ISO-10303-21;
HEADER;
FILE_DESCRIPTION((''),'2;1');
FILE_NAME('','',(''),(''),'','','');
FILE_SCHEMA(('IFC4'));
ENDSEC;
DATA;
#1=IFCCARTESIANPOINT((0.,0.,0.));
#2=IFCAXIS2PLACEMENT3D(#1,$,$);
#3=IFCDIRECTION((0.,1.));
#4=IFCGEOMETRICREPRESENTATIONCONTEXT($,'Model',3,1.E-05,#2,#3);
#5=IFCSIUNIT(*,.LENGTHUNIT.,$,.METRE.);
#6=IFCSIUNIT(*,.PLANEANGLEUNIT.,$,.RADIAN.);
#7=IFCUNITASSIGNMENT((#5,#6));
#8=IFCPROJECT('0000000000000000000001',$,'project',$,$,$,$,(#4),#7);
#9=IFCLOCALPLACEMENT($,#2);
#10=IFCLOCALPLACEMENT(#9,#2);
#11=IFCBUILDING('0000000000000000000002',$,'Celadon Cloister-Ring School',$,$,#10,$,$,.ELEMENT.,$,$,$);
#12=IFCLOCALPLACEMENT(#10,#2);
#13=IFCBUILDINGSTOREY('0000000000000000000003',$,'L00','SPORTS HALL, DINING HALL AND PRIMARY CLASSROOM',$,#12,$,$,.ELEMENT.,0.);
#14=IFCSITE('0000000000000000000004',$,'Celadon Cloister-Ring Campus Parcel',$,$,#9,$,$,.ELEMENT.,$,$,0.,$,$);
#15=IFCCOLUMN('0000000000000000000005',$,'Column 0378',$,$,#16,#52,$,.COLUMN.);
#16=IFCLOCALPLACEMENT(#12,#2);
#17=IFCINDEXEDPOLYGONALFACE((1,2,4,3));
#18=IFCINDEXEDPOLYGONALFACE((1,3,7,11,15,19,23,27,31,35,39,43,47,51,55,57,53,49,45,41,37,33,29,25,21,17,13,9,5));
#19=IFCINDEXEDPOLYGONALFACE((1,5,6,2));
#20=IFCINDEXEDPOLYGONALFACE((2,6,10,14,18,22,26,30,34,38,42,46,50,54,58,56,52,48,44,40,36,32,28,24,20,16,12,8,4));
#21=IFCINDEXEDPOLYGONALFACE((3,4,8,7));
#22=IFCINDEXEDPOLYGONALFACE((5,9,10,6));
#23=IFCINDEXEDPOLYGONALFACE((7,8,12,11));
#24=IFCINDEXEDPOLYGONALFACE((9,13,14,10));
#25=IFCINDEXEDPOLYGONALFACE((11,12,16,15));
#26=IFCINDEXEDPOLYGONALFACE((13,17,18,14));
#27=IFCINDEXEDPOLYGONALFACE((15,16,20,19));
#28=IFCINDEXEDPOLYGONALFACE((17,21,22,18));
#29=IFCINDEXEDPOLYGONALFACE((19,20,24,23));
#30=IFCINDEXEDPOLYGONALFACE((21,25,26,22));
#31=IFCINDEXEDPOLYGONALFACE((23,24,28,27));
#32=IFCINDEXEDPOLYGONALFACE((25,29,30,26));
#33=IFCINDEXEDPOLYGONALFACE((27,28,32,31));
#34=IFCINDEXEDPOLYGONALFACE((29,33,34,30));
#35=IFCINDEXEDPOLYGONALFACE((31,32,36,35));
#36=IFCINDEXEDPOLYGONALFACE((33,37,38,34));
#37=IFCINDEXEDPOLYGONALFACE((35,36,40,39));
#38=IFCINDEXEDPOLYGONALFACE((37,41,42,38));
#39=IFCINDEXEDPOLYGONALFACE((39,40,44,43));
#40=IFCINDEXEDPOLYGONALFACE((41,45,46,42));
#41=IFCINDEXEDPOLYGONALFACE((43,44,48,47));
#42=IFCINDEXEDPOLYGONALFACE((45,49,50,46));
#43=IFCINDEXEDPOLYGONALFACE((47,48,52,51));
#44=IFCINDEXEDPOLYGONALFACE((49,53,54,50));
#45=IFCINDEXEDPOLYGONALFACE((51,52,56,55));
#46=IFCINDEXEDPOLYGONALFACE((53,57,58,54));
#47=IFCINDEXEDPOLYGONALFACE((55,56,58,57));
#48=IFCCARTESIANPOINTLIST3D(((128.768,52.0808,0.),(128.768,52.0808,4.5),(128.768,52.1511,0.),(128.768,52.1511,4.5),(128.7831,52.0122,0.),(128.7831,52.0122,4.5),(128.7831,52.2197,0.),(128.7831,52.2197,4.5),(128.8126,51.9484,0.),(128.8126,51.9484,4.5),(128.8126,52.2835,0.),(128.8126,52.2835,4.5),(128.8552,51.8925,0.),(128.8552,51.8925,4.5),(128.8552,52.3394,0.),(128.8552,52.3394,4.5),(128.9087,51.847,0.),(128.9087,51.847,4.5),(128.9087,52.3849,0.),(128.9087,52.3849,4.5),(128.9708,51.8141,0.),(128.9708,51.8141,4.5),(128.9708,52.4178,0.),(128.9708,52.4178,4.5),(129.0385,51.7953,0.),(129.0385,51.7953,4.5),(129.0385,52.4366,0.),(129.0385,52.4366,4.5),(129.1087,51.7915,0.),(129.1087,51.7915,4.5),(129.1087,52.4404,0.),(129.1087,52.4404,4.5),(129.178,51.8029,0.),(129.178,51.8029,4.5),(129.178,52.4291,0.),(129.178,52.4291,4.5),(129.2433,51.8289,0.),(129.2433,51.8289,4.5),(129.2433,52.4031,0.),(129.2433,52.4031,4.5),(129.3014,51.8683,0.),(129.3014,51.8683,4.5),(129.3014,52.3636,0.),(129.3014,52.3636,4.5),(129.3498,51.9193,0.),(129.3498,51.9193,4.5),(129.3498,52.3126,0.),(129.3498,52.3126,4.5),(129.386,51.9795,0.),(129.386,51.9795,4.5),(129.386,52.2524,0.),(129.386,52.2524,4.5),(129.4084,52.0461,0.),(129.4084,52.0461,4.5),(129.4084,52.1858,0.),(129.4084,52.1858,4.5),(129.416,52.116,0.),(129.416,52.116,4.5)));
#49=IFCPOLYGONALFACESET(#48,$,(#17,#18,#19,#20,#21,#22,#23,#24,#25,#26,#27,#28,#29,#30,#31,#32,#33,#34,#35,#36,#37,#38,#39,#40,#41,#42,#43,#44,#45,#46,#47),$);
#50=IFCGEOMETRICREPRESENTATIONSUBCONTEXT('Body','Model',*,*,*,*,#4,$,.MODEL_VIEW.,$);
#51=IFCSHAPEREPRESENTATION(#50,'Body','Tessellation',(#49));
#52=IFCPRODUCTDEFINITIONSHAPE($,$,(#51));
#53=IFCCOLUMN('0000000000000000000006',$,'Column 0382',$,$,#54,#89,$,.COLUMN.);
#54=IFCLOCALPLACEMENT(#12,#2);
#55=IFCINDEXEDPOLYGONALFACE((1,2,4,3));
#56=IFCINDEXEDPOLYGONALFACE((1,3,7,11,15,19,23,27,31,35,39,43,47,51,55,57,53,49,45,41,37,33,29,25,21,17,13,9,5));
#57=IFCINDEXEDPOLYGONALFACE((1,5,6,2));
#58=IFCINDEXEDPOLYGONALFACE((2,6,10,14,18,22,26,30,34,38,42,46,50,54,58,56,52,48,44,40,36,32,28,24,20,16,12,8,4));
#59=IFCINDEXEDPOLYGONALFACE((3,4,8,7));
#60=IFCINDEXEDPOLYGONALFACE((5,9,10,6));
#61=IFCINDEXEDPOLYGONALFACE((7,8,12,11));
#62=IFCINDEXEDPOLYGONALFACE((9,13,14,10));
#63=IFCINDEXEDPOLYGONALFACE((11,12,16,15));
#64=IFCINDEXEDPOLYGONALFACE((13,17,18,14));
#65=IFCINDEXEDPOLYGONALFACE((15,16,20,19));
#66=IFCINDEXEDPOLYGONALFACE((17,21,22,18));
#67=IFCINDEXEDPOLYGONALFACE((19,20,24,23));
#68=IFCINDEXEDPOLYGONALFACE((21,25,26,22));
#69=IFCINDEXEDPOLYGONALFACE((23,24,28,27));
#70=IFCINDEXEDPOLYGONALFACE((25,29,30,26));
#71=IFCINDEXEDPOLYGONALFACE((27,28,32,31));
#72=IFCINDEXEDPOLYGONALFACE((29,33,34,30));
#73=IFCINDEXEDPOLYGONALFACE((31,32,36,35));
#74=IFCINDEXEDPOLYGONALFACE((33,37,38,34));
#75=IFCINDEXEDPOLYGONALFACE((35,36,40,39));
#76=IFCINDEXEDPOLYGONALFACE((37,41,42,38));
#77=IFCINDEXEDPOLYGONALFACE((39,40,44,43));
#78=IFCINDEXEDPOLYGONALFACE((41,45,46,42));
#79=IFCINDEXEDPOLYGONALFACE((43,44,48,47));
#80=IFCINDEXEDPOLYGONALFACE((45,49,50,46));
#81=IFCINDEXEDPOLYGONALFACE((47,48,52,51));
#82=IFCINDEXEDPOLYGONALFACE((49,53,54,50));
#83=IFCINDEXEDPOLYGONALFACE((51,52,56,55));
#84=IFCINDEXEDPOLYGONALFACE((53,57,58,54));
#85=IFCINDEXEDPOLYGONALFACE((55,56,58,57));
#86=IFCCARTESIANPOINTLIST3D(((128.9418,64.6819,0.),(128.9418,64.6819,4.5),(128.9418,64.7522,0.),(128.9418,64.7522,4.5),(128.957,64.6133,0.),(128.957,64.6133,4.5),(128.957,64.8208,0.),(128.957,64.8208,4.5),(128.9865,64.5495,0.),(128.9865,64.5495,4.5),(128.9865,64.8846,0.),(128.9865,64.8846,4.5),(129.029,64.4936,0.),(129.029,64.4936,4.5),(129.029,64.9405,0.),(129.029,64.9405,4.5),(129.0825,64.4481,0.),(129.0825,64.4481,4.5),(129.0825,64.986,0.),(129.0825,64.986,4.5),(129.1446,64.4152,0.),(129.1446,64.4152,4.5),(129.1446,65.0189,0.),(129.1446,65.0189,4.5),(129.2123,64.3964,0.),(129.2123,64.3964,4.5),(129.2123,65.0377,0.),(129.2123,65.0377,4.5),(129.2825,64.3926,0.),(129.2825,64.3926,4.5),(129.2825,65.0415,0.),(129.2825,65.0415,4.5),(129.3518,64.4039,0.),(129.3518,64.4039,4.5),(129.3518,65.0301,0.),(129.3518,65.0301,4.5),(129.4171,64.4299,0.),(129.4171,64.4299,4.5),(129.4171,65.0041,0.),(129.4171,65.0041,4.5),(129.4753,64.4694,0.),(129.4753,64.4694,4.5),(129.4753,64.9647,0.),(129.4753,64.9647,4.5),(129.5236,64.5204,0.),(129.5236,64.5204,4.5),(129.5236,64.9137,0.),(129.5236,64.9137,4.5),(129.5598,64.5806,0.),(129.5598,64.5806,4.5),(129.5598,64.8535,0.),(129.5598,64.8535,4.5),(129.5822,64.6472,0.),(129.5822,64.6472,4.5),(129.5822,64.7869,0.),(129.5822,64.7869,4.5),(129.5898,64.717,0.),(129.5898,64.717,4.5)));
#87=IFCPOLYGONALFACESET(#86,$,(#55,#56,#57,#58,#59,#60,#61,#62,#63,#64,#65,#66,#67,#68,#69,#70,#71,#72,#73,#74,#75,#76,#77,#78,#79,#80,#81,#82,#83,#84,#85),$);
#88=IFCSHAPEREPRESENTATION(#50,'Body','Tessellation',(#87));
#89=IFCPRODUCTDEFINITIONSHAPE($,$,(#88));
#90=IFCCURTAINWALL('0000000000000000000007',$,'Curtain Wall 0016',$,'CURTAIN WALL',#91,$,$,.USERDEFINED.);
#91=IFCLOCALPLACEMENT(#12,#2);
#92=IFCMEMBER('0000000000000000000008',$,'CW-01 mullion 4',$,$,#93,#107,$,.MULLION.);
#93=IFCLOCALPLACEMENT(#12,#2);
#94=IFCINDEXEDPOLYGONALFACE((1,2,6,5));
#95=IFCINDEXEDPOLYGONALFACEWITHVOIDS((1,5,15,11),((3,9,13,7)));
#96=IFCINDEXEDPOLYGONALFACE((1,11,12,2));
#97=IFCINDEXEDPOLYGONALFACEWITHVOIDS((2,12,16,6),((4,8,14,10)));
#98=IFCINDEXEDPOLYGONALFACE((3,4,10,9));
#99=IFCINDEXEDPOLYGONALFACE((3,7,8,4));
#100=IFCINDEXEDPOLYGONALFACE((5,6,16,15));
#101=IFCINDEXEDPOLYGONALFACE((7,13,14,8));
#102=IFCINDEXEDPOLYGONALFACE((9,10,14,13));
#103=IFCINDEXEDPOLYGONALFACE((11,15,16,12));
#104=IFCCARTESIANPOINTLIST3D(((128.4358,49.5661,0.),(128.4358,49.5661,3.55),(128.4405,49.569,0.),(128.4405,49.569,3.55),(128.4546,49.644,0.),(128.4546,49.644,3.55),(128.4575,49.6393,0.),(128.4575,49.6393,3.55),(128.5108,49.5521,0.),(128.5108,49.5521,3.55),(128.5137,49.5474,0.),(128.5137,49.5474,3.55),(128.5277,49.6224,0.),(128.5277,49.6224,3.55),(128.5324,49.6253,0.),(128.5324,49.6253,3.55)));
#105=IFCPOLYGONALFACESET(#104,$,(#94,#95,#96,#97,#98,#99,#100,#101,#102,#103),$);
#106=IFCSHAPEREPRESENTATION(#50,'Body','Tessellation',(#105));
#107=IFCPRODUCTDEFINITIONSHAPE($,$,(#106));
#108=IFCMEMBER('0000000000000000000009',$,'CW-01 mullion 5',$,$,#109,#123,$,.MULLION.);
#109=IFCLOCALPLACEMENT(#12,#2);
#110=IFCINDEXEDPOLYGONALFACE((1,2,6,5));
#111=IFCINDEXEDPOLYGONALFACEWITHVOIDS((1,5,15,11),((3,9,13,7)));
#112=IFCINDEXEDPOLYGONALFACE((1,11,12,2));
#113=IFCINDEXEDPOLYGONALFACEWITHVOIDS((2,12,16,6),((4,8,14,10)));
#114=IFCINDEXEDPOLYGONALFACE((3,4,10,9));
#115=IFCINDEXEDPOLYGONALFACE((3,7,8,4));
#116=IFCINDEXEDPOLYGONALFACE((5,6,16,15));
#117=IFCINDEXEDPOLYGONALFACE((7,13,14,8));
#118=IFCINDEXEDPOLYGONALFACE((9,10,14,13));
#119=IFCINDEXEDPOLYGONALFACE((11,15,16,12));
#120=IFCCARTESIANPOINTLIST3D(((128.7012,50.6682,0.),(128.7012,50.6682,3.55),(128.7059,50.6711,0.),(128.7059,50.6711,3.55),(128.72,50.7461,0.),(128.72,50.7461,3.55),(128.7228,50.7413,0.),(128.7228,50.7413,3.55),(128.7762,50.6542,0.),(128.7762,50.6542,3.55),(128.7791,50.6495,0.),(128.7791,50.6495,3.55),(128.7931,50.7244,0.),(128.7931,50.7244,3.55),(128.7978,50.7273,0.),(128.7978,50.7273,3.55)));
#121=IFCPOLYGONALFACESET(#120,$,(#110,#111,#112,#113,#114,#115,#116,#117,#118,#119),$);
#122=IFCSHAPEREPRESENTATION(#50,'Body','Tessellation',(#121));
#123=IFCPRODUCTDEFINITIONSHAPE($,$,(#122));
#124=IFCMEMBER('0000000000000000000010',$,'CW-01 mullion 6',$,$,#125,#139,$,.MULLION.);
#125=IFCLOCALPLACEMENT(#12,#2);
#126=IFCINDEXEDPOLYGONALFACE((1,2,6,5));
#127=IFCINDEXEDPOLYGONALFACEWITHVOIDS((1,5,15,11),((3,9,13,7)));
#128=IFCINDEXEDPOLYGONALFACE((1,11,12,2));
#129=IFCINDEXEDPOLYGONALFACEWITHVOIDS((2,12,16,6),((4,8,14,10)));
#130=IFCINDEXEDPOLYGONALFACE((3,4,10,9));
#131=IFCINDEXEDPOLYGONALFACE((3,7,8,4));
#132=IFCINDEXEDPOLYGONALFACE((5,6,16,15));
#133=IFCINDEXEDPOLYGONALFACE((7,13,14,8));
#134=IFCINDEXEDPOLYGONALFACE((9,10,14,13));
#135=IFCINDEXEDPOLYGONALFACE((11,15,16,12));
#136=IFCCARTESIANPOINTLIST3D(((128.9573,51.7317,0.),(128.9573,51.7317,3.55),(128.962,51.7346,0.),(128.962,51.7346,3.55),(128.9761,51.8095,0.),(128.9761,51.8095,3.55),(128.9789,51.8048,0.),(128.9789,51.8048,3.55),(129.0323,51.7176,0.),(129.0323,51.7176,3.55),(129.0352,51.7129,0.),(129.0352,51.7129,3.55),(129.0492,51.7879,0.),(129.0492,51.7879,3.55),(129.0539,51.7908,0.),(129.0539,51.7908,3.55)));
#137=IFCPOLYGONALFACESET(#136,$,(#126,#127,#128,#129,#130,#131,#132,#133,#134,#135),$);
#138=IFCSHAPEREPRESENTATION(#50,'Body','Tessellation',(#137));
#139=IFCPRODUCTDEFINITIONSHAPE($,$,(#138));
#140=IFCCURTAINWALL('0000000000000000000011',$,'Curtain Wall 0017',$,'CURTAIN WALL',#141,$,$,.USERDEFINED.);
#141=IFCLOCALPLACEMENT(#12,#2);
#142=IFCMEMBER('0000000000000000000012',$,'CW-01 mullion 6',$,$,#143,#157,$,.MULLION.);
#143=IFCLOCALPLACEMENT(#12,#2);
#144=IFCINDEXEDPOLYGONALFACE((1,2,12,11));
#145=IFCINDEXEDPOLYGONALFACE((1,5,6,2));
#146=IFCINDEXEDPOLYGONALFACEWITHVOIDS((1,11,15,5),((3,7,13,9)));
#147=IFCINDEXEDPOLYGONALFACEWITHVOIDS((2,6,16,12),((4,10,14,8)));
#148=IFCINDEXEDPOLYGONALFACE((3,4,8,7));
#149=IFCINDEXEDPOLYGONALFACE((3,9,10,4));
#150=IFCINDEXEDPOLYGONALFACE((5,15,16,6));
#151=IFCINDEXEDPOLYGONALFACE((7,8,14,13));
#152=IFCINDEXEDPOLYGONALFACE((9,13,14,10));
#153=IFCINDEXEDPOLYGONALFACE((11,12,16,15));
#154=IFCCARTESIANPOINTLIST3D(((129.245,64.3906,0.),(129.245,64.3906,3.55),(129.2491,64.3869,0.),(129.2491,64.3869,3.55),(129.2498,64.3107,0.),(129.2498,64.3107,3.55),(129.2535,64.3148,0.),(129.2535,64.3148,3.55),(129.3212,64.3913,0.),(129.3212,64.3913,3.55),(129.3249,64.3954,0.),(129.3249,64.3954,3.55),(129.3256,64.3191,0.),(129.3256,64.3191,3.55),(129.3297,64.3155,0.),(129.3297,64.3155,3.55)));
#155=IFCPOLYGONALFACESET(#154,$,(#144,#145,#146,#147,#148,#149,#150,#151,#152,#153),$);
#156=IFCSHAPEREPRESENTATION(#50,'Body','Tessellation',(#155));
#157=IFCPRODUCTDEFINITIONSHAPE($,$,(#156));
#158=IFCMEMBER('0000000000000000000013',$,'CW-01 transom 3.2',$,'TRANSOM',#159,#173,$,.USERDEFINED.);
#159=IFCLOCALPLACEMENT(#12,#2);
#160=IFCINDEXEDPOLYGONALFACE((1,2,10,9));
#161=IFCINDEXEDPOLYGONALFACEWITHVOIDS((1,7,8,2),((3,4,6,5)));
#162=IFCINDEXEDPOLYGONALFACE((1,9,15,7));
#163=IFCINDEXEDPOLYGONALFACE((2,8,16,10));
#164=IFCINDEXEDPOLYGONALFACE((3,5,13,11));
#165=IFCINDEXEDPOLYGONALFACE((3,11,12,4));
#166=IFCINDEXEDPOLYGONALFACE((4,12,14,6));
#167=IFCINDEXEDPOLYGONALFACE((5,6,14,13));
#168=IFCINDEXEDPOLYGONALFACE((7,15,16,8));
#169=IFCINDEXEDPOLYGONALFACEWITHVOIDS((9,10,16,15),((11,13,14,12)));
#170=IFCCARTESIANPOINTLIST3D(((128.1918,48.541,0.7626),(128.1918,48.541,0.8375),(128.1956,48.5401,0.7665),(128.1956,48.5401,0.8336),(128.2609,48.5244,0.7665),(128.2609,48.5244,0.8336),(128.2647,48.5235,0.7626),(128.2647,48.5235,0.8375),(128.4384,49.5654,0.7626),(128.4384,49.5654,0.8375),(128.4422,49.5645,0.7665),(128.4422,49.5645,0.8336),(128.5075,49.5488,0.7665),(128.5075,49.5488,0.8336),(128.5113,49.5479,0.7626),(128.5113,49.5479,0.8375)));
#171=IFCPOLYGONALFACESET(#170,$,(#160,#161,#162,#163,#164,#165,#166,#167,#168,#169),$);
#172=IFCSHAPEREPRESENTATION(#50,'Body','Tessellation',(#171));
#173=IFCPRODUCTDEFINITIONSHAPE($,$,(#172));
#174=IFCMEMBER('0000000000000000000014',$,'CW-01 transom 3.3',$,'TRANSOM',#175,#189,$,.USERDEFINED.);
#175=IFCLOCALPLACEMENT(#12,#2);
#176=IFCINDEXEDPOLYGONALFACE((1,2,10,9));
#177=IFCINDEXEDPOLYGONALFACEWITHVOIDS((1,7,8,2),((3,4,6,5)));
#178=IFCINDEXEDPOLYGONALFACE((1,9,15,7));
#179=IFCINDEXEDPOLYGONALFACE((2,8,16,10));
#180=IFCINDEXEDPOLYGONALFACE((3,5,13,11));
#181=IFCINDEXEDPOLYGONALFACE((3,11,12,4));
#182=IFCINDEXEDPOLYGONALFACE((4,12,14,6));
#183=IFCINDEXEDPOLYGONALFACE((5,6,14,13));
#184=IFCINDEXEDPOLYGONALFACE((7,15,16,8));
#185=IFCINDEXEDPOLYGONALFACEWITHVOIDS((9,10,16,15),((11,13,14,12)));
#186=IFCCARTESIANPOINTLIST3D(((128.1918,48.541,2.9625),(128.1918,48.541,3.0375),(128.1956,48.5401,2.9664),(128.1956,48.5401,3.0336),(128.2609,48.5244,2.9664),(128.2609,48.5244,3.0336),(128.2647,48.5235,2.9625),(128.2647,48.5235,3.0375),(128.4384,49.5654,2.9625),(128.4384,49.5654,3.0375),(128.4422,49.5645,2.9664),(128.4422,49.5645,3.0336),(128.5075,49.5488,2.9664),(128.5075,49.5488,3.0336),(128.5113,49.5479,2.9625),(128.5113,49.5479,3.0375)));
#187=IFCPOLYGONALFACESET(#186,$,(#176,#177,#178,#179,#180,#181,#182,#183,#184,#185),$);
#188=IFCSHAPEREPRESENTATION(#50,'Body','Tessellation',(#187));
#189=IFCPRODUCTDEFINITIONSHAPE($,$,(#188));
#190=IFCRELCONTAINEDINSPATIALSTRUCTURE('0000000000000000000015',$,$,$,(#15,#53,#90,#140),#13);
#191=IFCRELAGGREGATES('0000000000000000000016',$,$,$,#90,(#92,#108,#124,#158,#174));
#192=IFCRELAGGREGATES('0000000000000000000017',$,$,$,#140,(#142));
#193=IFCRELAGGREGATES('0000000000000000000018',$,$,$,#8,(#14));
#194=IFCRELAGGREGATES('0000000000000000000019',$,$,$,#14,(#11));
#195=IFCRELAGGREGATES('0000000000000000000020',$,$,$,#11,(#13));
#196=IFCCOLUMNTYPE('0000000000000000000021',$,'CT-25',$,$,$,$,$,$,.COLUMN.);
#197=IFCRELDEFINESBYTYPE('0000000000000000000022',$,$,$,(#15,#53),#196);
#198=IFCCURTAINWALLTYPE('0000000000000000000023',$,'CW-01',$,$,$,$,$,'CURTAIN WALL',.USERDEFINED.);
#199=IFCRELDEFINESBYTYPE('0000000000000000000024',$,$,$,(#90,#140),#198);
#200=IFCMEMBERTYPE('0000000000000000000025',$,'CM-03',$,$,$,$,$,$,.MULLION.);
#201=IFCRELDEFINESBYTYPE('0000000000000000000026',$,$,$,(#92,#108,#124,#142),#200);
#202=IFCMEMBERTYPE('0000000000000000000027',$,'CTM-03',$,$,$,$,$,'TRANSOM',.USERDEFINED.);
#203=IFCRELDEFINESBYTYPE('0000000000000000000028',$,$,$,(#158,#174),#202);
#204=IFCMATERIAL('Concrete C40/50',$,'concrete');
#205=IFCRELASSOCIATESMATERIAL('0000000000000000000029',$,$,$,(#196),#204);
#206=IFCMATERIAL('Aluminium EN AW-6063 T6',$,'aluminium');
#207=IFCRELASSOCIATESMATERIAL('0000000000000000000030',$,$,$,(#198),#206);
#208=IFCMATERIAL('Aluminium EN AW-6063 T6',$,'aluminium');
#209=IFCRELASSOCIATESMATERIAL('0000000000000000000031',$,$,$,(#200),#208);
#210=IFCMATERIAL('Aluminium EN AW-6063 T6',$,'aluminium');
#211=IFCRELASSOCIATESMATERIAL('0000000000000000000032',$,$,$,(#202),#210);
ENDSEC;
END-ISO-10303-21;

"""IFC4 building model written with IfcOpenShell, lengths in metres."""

from ifc_helpers import new_model, si_unit, direction, frame, origin, origin_2d, place, context, subcontext, project, spatial, hollow_rectangle, circle, extrude, material, material_profile, profile_set, type_object, element, aggregate, save


model = new_model("IFC4")

# Units and contexts
model_context = context("Model", 3, precision=1e-05, world=origin(), true_north=direction((0.0, 1.0)))
body_context = subcontext(model_context, "Body", "Model", "MODEL_VIEW")
ifc_project = project(units=[si_unit("LENGTHUNIT", "METRE"), si_unit("PLANEANGLEUNIT", "RADIAN")], contexts=[model_context])

# Site, building, storey
site_placement = place(None, origin())
site = spatial("IfcSite", under=ifc_project, at=site_placement, Name="Celadon Cloister-Ring Campus Parcel", CompositionType="ELEMENT", RefElevation=0.0)
building_placement = place(site_placement, origin())
building = spatial("IfcBuilding", under=site, at=building_placement, Name="Celadon Cloister-Ring School", CompositionType="ELEMENT")
storey_placement = place(building_placement, origin())
storey = spatial("IfcBuildingStorey", under=building, at=storey_placement, Name="L00", Description="SPORTS HALL, DINING HALL AND PRIMARY CLASSROOM", CompositionType="ELEMENT", Elevation=0.0)

# Columns
ifc_material_1 = material(Name="Concrete C40/50", Category="concrete")
ifc_material_profile_1 = material_profile(ifc_material_1, circle(Radius=0.325, at=origin_2d()), Name="CIRC650")
ifc_profile_set_1 = profile_set([ifc_material_profile_1], Name="Concrete C40/50")
column_type = type_object("IfcColumnType", Name="CT-25", PredefinedType="COLUMN", material=ifc_profile_set_1)
for number, where, z_axis, x_axis, name in (
    (1, (129.0911, 52.116, 0.0), (0.0, 0.0, 1.0), (1.0, 0.0, 0.0), "Column 0378"),
    (2, (129.2649, 64.717, 0.0), (0.0, 0.0, 1.0), (1.0, 0.0, 0.0), "Column 0382"),
):
    element("IfcColumn", number, at=place(storey_placement, frame(where, z_axis=z_axis, x_axis=x_axis)), inside=storey, type_object=column_type, Name=name, PredefinedType="COLUMN", context=body_context, shape_type="SweptSolid", body=[
        extrude(circle(Radius=0.325, at=origin_2d()), origin(), (0.0, 0.0, 1.0), 4.5),
    ])

# Curtain wall, members
ifc_material_2 = material(Name="Aluminium EN AW-6063 T6", Category="aluminium")
curtain_wall_type = type_object("IfcCurtainWallType", Name="CW-01", ElementType="CURTAIN WALL", PredefinedType="USERDEFINED", material=ifc_material_2)
curtain_wall_1_placement = place(storey_placement, origin())
curtain_wall_1 = element("IfcCurtainWall", 3, at=curtain_wall_1_placement, inside=storey, type_object=curtain_wall_type, Name="Curtain Wall 0016", ObjectType="CURTAIN WALL", PredefinedType="USERDEFINED")
ifc_material_3 = material(Name="Aluminium EN AW-6063 T6", Category="aluminium")
ifc_material_profile_2 = material_profile(ifc_material_3, hollow_rectangle(XDim=0.0801, YDim=0.0801, WallThickness=0.0039, at=origin_2d()), Name="RHS80X80X4")
ifc_profile_set_2 = profile_set([ifc_material_profile_2], Name="Aluminium EN AW-6063 T6")
member_type_1 = type_object("IfcMemberType", Name="CM-03", PredefinedType="MULLION", material=ifc_profile_set_2)
member_1_placement = place(storey_placement, frame((128.4841, 49.5957, 0.0), z_axis=(0.0, 0.0, 1.0), x_axis=(-0.972212, 0.2341, 0.0)))
member_1 = element("IfcMember", 4, at=member_1_placement, type_object=member_type_1, Name="CW-01 mullion 4", PredefinedType="MULLION", context=body_context, shape_type="SweptSolid", body=[
    extrude(hollow_rectangle(XDim=0.0801, YDim=0.0801, WallThickness=0.0039, at=origin_2d()), origin(), (0.0, 0.0, 1.0), 3.55),
])
member_2_placement = place(storey_placement, frame((128.7495, 50.6978, 0.0), z_axis=(0.0, 0.0, 1.0), x_axis=(-0.972212, 0.2341, 0.0)))
member_2 = element("IfcMember", 5, at=member_2_placement, type_object=member_type_1, Name="CW-01 mullion 5", PredefinedType="MULLION", context=body_context, shape_type="SweptSolid", body=[
    extrude(hollow_rectangle(XDim=0.0801, YDim=0.0801, WallThickness=0.0039, at=origin_2d()), origin(), (0.0, 0.0, 1.0), 3.55),
])
member_3_placement = place(storey_placement, frame((129.0056, 51.7612, 0.0), z_axis=(0.0, 0.0, 1.0), x_axis=(-0.972212, 0.2341, 0.0)))
member_3 = element("IfcMember", 6, at=member_3_placement, type_object=member_type_1, Name="CW-01 mullion 6", PredefinedType="MULLION", context=body_context, shape_type="SweptSolid", body=[
    extrude(hollow_rectangle(XDim=0.0801, YDim=0.0801, WallThickness=0.0039, at=origin_2d()), origin(), (0.0, 0.0, 1.0), 3.55),
])

# Curtain wall, member
curtain_wall_2_placement = place(storey_placement, origin())
curtain_wall_2 = element("IfcCurtainWall", 7, at=curtain_wall_2_placement, inside=storey, type_object=curtain_wall_type, Name="Curtain Wall 0017", ObjectType="CURTAIN WALL", PredefinedType="USERDEFINED")
member_4_placement = place(storey_placement, frame((129.2874, 64.353, 0.0), z_axis=(0.0, 0.0, 1.0), x_axis=(-0.998189, -0.060149, 0.0)))
member_4 = element("IfcMember", 8, at=member_4_placement, type_object=member_type_1, Name="CW-01 mullion 6", PredefinedType="MULLION", context=body_context, shape_type="SweptSolid", body=[
    extrude(hollow_rectangle(XDim=0.0801, YDim=0.0801, WallThickness=0.0039, at=origin_2d()), origin(), (0.0, 0.0, 1.0), 3.55),
])

# Members
ifc_material_4 = material(Name="Aluminium EN AW-6063 T6", Category="aluminium")
ifc_material_profile_3 = material_profile(ifc_material_4, hollow_rectangle(XDim=0.075, YDim=0.075, WallThickness=0.0039, at=origin_2d()), Name="RHS75X75X4")
ifc_profile_set_3 = profile_set([ifc_material_profile_3], Name="Aluminium EN AW-6063 T6")
member_type_2 = type_object("IfcMemberType", Name="CTM-03", ElementType="TRANSOM", PredefinedType="USERDEFINED", material=ifc_profile_set_3)
member_5_placement = place(storey_placement, frame((128.2283, 48.5322, 0.8), z_axis=(0.234021, 0.972231, 0.0), x_axis=(-0.972231, 0.234021, 0.0)))
member_5 = element("IfcMember", 9, at=member_5_placement, type_object=member_type_2, Name="CW-01 transom 3.2", ObjectType="TRANSOM", PredefinedType="USERDEFINED", context=body_context, shape_type="SweptSolid", body=[
    extrude(hollow_rectangle(XDim=0.075, YDim=0.075, WallThickness=0.0039, at=origin_2d()), origin(), (0.0, 0.0, 1.0), 1.0537),
])
member_6_placement = place(storey_placement, frame((128.2283, 48.5322, 3.0), z_axis=(0.234021, 0.972231, 0.0), x_axis=(-0.972231, 0.234021, 0.0)))
member_6 = element("IfcMember", 10, at=member_6_placement, type_object=member_type_2, Name="CW-01 transom 3.3", ObjectType="TRANSOM", PredefinedType="USERDEFINED", context=body_context, shape_type="SweptSolid", body=[
    extrude(hollow_rectangle(XDim=0.075, YDim=0.075, WallThickness=0.0039, at=origin_2d()), origin(), (0.0, 0.0, 1.0), 1.0537),
])

aggregate(curtain_wall_1, [member_1, member_2, member_3, member_5, member_6])
aggregate(curtain_wall_2, [member_4])

save(model, "model.ifc")
